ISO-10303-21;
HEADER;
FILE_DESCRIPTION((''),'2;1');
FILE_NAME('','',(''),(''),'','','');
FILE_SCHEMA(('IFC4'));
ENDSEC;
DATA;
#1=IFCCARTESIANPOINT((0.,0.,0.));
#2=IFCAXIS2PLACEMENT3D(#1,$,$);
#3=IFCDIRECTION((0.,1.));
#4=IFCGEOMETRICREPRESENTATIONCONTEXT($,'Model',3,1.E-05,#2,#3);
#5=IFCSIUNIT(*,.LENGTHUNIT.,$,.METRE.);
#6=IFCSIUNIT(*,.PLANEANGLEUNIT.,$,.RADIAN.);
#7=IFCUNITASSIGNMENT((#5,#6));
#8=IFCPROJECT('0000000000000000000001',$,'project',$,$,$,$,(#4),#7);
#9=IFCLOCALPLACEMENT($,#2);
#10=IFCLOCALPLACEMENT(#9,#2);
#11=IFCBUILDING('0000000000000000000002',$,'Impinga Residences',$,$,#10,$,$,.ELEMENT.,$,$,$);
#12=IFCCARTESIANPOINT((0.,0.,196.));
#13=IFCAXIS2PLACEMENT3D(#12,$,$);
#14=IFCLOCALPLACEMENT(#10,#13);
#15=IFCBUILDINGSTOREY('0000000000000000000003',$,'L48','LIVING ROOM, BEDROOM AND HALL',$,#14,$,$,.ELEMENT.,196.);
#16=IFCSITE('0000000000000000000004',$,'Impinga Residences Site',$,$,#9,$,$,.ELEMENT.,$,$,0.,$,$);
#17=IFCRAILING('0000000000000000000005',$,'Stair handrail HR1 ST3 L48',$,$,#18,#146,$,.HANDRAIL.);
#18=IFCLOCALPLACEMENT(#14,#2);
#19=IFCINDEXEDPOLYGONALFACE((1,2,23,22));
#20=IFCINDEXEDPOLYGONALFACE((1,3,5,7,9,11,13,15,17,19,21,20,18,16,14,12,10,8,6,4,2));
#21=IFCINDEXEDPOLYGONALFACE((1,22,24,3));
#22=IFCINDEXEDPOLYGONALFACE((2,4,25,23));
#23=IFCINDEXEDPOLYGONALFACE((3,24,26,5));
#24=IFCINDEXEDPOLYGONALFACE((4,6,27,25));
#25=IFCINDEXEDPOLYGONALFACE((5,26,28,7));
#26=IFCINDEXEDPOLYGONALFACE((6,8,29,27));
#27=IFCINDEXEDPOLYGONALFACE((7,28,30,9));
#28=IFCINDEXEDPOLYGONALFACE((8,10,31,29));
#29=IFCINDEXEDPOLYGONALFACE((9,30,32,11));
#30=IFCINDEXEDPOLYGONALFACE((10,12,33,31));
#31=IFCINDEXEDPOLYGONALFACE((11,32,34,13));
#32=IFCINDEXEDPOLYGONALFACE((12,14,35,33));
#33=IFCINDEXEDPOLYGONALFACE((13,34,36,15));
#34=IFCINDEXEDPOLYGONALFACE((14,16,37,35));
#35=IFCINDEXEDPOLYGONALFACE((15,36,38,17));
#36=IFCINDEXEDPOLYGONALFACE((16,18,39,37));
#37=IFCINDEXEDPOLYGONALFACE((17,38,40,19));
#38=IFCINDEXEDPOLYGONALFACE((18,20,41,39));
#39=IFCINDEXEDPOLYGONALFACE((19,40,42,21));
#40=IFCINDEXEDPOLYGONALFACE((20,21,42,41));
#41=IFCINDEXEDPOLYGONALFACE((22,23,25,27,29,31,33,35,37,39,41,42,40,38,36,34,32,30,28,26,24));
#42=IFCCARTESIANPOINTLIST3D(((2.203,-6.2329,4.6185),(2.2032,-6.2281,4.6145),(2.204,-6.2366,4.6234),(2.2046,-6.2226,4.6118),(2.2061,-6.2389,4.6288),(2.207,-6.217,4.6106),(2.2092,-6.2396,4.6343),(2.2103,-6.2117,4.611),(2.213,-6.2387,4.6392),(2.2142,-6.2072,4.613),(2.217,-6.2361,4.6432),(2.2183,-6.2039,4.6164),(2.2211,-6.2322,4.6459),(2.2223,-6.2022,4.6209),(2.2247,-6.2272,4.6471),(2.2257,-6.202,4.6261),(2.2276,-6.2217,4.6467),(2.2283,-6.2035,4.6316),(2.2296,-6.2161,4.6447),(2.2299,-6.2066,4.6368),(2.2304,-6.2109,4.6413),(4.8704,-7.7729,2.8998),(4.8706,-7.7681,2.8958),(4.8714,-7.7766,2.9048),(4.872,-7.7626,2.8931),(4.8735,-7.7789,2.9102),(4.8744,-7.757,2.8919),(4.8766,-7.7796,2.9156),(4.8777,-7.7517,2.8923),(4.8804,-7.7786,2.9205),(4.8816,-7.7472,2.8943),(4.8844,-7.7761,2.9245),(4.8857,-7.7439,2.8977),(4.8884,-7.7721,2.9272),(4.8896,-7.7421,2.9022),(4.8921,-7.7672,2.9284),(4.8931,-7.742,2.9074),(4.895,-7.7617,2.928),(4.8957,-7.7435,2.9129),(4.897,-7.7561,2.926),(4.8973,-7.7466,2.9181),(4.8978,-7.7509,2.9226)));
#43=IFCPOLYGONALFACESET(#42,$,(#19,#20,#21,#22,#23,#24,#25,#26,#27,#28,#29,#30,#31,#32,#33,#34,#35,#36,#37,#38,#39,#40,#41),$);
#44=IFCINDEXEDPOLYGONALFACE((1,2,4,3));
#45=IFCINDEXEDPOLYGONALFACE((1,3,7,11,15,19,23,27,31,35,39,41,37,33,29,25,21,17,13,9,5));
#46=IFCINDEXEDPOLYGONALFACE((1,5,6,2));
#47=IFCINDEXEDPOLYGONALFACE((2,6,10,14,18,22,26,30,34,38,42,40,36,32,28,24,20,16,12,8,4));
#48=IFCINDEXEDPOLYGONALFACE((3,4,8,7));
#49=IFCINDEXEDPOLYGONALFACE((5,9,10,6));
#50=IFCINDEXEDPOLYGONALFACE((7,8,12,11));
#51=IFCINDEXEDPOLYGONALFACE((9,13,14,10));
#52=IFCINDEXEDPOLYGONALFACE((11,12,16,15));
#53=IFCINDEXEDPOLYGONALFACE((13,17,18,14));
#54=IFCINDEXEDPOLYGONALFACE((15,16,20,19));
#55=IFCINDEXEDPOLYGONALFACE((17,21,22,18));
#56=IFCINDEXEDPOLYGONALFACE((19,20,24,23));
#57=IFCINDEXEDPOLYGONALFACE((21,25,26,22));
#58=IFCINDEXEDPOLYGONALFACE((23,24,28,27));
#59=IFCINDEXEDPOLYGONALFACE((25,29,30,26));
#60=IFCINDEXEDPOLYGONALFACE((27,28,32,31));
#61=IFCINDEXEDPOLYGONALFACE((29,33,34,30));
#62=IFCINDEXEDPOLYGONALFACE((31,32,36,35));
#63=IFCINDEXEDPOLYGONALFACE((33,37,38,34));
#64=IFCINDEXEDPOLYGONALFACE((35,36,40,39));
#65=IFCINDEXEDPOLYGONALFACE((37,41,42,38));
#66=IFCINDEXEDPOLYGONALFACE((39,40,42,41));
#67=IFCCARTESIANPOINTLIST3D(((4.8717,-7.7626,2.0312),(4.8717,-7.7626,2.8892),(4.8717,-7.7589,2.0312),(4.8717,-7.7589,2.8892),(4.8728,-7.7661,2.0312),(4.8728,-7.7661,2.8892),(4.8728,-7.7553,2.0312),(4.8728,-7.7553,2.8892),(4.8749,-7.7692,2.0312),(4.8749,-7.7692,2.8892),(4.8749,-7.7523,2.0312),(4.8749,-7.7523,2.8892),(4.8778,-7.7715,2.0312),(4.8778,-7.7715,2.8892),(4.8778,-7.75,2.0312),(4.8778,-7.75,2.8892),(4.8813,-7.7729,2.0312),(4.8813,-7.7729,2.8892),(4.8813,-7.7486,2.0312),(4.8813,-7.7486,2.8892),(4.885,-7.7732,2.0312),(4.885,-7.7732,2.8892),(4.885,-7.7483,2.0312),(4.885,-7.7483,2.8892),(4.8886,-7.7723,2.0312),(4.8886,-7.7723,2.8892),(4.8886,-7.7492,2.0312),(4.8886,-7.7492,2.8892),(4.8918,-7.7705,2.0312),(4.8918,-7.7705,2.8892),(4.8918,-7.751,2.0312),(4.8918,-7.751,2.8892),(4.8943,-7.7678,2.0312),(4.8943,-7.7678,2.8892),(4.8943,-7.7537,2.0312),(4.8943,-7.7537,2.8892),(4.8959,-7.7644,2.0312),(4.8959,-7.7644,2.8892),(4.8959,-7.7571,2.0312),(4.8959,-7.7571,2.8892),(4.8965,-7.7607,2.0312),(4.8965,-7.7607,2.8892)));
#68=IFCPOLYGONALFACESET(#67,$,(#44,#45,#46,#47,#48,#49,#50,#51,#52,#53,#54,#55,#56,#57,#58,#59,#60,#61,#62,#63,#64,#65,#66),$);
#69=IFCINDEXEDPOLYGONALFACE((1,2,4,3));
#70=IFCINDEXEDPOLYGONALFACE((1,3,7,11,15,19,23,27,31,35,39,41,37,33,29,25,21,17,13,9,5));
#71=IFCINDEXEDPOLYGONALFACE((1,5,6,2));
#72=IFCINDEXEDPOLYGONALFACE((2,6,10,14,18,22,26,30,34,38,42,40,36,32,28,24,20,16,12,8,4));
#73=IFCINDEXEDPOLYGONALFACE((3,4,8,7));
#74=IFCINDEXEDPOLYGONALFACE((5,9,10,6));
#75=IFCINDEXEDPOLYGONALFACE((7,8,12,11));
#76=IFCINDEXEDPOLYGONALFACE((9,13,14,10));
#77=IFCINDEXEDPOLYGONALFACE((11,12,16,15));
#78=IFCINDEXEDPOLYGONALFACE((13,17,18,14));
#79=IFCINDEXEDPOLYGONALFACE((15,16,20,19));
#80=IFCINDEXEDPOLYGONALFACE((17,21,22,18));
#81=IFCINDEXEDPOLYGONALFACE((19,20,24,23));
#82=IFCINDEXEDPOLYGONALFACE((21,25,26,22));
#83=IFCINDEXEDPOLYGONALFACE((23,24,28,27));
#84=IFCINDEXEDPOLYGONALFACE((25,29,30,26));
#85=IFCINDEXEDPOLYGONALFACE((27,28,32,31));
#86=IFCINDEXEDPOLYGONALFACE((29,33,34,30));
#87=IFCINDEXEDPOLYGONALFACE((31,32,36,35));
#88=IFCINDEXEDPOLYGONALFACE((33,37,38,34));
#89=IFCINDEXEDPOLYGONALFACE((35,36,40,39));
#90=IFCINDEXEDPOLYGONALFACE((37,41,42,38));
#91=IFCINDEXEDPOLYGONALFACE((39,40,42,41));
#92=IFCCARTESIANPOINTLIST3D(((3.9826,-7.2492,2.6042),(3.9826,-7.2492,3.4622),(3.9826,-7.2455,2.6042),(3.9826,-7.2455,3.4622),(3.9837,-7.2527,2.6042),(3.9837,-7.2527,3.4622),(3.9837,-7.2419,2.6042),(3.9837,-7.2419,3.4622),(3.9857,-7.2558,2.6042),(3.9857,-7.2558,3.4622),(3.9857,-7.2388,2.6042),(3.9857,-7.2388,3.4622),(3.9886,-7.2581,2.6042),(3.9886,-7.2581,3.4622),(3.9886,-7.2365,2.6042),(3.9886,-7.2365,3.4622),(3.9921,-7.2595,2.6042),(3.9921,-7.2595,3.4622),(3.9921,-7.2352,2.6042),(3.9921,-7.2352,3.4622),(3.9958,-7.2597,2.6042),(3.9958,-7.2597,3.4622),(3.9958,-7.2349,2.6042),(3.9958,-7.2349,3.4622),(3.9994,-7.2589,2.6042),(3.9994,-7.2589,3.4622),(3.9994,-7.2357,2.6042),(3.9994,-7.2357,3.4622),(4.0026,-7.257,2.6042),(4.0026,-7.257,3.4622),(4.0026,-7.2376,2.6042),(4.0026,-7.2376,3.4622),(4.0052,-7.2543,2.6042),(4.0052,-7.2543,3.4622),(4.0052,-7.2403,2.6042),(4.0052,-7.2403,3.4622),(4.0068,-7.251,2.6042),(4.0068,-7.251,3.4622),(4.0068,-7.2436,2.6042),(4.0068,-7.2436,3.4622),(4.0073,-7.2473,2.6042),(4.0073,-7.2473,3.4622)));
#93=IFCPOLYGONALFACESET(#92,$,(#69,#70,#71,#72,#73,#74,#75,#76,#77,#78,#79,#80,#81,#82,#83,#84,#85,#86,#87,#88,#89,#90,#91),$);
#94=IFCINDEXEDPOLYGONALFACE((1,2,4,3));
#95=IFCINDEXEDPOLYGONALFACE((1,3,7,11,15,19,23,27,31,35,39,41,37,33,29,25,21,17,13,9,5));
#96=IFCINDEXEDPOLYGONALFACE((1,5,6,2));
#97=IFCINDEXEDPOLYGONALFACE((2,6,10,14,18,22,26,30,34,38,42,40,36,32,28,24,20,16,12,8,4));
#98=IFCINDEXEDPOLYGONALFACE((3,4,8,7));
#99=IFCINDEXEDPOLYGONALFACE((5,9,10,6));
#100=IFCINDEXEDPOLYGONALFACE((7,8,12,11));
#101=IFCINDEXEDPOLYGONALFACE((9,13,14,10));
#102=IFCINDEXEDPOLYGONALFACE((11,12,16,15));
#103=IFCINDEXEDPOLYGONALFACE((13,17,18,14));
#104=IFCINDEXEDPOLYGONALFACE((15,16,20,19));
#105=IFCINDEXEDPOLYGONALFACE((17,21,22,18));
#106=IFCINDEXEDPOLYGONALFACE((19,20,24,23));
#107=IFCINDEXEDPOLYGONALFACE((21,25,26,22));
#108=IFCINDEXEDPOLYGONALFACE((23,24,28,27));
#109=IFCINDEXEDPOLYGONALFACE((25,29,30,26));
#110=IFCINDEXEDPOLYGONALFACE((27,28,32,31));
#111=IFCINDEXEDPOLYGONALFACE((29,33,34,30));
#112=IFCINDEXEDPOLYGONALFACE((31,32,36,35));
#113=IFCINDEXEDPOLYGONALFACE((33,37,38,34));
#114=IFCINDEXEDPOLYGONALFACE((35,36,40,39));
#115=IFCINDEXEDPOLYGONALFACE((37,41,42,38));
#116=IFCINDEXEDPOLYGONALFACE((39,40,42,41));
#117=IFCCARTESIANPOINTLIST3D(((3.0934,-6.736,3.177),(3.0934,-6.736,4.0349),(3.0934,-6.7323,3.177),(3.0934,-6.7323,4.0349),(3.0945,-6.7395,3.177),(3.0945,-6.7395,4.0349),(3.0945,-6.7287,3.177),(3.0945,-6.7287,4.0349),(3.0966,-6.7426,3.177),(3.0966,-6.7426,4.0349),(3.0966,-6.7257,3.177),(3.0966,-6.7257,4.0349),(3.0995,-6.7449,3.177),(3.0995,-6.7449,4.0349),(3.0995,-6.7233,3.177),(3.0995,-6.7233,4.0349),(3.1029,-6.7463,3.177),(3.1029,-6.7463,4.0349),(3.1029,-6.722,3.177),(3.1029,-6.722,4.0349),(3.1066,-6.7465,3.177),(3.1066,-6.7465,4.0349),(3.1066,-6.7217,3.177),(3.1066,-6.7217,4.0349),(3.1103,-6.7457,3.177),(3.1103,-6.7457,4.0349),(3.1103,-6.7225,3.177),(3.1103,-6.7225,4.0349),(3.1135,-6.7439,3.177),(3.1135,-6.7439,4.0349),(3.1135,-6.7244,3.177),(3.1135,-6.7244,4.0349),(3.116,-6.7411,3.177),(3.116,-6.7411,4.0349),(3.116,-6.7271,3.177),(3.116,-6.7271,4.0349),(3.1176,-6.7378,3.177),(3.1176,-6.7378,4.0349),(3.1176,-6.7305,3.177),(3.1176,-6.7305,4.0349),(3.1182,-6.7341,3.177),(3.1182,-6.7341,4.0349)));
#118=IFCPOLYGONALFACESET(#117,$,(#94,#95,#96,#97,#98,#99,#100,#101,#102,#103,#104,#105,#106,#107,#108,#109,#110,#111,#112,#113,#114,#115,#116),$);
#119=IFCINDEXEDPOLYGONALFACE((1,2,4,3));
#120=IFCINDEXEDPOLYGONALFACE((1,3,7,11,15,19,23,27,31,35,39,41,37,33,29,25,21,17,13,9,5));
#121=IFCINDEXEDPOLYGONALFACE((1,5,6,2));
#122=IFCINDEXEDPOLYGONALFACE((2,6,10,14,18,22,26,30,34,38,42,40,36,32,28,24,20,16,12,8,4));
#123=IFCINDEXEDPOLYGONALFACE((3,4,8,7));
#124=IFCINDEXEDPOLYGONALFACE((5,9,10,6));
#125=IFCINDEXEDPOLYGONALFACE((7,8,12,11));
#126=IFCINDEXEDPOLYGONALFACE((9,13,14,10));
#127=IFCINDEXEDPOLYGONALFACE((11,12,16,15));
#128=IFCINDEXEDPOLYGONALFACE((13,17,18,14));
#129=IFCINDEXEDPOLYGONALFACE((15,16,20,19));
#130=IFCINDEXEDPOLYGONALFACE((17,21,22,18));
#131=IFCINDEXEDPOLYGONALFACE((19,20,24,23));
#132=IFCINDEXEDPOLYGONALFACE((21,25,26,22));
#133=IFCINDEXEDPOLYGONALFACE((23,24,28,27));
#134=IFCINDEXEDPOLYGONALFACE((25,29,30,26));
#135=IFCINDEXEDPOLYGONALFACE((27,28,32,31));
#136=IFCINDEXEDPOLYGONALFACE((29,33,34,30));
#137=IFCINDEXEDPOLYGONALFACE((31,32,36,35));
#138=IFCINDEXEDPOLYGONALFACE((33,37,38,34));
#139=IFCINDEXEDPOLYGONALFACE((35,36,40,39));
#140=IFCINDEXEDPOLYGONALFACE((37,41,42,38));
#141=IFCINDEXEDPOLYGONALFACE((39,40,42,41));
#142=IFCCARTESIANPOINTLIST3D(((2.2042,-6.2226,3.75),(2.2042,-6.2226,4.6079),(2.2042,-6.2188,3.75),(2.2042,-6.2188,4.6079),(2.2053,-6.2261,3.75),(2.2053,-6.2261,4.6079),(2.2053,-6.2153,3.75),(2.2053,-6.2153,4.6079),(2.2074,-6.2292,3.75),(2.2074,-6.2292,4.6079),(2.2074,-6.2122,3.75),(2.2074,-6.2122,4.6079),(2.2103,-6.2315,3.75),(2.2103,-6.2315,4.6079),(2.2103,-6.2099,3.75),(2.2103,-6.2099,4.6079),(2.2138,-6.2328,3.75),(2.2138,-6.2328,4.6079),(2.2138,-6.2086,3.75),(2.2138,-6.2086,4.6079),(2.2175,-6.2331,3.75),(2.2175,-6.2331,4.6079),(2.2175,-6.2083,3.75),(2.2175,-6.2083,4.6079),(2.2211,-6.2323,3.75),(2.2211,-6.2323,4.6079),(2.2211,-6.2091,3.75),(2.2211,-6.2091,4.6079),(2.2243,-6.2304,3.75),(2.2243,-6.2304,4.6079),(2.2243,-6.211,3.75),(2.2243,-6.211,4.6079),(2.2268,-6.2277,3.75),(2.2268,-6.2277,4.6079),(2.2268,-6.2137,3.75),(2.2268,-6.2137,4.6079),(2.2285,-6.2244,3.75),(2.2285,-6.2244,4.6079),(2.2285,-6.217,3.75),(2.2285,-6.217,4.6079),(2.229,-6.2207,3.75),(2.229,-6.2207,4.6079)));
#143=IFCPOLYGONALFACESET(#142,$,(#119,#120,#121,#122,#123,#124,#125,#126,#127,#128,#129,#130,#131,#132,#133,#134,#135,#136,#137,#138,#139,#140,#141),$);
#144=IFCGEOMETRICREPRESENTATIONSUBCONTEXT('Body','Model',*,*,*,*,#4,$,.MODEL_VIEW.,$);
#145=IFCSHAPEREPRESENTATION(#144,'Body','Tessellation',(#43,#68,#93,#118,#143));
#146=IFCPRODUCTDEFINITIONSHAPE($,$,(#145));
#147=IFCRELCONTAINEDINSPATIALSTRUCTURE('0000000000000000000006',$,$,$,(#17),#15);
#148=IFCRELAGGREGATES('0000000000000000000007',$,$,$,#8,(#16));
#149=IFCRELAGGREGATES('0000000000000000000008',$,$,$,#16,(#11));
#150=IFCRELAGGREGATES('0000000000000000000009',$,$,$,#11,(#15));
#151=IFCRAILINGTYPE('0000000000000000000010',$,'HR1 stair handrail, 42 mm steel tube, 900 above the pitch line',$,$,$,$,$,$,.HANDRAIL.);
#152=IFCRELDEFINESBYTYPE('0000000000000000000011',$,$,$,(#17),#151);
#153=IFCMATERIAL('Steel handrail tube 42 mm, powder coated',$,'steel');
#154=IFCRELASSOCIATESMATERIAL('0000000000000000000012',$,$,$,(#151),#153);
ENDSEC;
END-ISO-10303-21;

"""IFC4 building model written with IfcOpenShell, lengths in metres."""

from ifc_helpers import new_model, si_unit, direction, frame, origin, origin_2d, place, context, subcontext, project, spatial, circle, extrude, material, type_object, element, save


model = new_model("IFC4")

# Units and contexts
model_context = context("Model", 3, precision=1e-05, world=origin(), true_north=direction((0.0, 1.0)))
body_context = subcontext(model_context, "Body", "Model", "MODEL_VIEW")
ifc_project = project(units=[si_unit("LENGTHUNIT", "METRE"), si_unit("PLANEANGLEUNIT", "RADIAN")], contexts=[model_context])

# Site, building, storey
site_placement = place(None, origin())
site = spatial("IfcSite", under=ifc_project, at=site_placement, Name="Impinga Residences Site", CompositionType="ELEMENT", RefElevation=0.0)
building_placement = place(site_placement, origin())
building = spatial("IfcBuilding", under=site, at=building_placement, Name="Impinga Residences", CompositionType="ELEMENT")
storey_placement = place(building_placement, frame((0.0, 0.0, 196.0)))
storey = spatial("IfcBuildingStorey", under=building, at=storey_placement, Name="L48", Description="LIVING ROOM, BEDROOM AND HALL", CompositionType="ELEMENT", Elevation=196.0)

# Railing
ifc_material_1 = material(Name="Steel handrail tube 42 mm, powder coated", Category="steel")
railing_type_1 = type_object("IfcRailingType", Name="HR1 stair handrail, 42 mm steel tube, 900 above the pitch line", PredefinedType="HANDRAIL", material=ifc_material_1)
railing_1_placement = place(storey_placement, frame((4.884, -7.7607, 2.0312)))
element("IfcRailing", 1, at=railing_1_placement, inside=storey, type_object=railing_type_1, Name="Stair handrail HR1 ST3 L48", PredefinedType="HANDRAIL", context=body_context, shape_type="SweptSolid", body=[
    extrude(circle(Radius=0.021, at=origin_2d()), frame((0.0, 0.0, 0.8789), z_axis=(-0.756256, 0.436616, 0.487282), x_axis=(-0.499992, -0.86603, 0.0)), (0.0, 0.0, 1.0), 3.5271),
    extrude(circle(Radius=0.0125, at=origin_2d()), origin(), (0.0, 0.0, 1.0), 0.8579),
    extrude(circle(Radius=0.0125, at=origin_2d()), frame((-0.8892, 0.5134, 0.573)), (0.0, 0.0, 1.0), 0.8579),
    extrude(circle(Radius=0.0125, at=origin_2d()), frame((-1.7783, 1.0266, 1.1458)), (0.0, 0.0, 1.0), 0.8579),
    extrude(circle(Radius=0.0125, at=origin_2d()), frame((-2.6675, 1.54, 1.7188)), (0.0, 0.0, 1.0), 0.8579),
])

save(model, "model.ifc")
